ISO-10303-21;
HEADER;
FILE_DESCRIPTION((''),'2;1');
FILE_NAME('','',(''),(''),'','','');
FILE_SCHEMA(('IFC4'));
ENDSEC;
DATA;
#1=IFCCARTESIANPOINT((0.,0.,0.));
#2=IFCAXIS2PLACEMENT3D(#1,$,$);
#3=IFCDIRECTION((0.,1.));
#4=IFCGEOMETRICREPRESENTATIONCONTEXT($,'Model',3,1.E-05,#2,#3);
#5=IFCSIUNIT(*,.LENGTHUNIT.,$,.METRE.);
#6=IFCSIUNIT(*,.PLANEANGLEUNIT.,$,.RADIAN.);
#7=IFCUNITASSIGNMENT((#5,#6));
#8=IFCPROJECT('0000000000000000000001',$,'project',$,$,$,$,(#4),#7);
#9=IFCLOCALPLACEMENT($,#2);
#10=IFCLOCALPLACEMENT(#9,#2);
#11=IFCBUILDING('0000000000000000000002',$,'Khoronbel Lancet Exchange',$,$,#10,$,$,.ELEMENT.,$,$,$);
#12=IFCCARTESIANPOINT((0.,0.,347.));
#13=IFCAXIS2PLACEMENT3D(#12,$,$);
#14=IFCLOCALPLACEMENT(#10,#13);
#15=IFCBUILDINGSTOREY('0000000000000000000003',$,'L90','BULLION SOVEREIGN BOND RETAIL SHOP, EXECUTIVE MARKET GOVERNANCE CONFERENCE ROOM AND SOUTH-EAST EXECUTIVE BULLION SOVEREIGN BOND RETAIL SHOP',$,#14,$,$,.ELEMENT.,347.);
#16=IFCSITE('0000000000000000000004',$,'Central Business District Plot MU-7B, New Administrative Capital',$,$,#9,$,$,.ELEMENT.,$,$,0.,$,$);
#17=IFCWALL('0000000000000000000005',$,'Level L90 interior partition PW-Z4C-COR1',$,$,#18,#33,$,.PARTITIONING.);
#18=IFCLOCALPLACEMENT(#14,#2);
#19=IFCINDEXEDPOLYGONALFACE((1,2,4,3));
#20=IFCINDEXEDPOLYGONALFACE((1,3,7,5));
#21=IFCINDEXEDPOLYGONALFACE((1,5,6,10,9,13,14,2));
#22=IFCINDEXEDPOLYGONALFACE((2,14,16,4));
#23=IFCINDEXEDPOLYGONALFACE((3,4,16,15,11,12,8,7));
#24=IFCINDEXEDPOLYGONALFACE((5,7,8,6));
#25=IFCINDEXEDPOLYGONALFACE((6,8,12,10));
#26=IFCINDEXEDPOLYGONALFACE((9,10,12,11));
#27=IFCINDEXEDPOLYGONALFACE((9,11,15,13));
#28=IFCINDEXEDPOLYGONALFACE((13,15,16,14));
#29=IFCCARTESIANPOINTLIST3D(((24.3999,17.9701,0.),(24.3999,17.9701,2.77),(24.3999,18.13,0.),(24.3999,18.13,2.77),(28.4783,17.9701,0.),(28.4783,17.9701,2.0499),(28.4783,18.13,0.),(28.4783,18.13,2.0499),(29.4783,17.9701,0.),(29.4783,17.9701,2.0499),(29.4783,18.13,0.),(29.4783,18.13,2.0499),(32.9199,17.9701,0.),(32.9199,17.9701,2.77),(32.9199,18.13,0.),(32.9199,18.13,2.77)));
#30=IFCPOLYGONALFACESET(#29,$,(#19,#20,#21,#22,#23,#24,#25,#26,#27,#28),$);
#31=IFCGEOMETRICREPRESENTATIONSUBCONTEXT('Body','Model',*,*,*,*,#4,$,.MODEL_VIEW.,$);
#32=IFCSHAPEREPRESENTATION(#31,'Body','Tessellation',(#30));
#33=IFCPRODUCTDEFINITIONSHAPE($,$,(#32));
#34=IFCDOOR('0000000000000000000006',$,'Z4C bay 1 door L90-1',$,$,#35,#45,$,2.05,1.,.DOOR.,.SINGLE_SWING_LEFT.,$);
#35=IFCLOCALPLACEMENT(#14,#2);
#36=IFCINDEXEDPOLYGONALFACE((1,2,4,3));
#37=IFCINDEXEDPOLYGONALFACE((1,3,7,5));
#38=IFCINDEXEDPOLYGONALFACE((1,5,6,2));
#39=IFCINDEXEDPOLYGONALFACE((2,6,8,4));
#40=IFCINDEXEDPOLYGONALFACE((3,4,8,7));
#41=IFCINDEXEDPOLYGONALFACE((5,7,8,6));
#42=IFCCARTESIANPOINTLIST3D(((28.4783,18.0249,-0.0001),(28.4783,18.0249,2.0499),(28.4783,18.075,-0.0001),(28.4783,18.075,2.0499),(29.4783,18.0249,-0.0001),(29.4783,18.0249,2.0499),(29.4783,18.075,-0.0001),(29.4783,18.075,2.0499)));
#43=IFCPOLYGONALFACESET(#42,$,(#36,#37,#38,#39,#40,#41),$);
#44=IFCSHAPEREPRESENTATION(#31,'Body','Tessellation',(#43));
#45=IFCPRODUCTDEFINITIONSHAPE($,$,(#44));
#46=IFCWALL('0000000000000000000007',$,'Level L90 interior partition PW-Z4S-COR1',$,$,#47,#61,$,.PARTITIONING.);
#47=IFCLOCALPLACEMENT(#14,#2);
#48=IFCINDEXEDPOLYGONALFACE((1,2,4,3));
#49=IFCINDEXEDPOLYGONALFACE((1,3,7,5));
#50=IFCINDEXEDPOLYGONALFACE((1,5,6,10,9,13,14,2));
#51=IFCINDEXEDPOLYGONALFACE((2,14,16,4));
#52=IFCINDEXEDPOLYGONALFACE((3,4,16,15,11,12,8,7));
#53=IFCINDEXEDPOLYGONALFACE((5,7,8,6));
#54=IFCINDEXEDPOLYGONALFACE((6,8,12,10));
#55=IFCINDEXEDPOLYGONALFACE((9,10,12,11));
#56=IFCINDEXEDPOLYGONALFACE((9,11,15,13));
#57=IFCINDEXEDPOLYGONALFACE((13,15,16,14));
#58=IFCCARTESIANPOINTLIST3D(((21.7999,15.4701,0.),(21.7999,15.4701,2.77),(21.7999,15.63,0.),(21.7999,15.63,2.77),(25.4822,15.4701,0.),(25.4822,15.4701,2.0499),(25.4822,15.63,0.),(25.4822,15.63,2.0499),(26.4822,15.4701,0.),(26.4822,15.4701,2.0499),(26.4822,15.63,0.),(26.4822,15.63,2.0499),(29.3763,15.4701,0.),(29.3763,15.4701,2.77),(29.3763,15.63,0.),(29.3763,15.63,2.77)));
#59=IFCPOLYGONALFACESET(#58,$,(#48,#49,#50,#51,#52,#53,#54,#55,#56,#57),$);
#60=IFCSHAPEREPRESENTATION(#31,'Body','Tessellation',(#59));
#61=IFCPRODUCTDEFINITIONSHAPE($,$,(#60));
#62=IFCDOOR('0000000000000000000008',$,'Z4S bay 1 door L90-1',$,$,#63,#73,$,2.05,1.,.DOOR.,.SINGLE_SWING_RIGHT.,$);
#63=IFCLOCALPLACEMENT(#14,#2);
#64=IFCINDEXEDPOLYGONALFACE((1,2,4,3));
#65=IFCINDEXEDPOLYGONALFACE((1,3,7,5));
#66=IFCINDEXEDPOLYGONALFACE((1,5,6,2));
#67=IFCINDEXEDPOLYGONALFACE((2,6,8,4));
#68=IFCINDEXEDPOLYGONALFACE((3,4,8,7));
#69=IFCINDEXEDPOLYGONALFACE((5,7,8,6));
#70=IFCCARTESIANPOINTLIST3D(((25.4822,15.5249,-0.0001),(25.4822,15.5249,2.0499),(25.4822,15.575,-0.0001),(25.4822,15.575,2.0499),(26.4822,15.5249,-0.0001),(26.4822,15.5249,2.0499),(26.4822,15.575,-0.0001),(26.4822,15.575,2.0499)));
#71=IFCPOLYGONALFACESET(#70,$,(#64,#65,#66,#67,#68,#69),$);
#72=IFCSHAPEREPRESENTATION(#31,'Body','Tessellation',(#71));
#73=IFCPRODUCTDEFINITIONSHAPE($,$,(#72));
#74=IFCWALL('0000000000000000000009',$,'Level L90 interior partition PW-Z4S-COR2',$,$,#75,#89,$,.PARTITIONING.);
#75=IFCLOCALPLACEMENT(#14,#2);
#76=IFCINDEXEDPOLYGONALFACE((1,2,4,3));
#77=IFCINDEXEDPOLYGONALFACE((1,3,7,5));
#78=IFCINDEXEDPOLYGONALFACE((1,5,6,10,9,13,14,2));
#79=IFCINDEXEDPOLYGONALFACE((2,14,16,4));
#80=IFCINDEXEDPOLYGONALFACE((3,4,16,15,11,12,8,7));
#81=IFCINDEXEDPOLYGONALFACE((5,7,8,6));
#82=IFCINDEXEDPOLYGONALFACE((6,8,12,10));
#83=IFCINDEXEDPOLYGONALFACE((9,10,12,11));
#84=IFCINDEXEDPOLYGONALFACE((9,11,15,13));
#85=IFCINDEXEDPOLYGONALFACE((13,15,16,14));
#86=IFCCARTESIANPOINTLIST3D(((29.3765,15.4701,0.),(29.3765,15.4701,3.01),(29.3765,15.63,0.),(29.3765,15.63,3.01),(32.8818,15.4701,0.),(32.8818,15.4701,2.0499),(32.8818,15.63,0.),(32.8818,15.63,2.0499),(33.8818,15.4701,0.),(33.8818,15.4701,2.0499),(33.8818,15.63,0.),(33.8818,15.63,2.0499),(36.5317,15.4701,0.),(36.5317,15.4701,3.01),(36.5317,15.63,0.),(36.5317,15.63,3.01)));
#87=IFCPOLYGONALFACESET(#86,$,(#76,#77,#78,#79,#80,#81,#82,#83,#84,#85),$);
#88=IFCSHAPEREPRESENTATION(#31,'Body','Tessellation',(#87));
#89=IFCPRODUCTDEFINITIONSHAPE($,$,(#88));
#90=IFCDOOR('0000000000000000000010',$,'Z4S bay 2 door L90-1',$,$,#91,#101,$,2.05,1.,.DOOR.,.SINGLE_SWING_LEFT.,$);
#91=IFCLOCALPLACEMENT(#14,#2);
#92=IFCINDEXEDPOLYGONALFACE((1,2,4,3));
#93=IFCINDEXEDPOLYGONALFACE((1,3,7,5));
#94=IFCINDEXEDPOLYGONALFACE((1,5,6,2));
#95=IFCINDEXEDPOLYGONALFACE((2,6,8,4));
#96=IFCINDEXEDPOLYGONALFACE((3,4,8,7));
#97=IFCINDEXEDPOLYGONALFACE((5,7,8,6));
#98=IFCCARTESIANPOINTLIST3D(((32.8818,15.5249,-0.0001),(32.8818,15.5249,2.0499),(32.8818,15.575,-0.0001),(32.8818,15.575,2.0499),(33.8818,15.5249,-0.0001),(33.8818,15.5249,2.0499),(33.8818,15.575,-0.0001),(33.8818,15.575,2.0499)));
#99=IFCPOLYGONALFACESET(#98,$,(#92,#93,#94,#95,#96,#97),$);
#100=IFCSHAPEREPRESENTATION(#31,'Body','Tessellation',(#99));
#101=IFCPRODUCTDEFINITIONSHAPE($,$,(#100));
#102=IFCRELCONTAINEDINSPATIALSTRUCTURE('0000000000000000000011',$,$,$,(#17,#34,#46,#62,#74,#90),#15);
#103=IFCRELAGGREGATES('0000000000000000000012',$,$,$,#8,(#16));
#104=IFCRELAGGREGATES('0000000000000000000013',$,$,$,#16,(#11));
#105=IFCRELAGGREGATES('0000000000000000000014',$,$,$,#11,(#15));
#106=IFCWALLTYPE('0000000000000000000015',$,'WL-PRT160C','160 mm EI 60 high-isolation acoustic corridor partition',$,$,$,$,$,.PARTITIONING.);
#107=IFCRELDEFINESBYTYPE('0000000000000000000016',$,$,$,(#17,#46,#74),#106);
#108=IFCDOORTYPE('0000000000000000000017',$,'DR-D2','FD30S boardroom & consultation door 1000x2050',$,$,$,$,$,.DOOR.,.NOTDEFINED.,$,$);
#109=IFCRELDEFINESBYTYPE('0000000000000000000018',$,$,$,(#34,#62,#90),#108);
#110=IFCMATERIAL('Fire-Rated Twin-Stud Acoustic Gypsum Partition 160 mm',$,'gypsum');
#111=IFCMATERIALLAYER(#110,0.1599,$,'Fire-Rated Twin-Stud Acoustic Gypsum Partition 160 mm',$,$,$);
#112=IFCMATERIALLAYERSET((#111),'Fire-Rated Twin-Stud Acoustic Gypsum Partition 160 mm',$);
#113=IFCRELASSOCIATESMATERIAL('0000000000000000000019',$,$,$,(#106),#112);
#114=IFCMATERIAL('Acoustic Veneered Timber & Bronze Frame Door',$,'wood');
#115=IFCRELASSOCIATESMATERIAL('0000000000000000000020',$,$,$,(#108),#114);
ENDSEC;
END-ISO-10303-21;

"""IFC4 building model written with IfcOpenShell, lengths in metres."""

from ifc_helpers import new_model, si_unit, direction, frame, frame_2d, origin, place, context, subcontext, project, spatial, rectangle, extrude, material, layer, layer_set, type_object, element, fill, save


model = new_model("IFC4")

# Units and contexts
model_context = context("Model", 3, precision=1e-05, world=origin(), true_north=direction((0.0, 1.0)))
body_context = subcontext(model_context, "Body", "Model", "MODEL_VIEW")
ifc_project = project(units=[si_unit("LENGTHUNIT", "METRE"), si_unit("PLANEANGLEUNIT", "RADIAN")], contexts=[model_context])

# Site, building, storey
site_placement = place(None, origin())
site = spatial("IfcSite", under=ifc_project, at=site_placement, Name="Central Business District Plot MU-7B, New Administrative Capital", CompositionType="ELEMENT", RefElevation=0.0)
building_placement = place(site_placement, origin())
building = spatial("IfcBuilding", under=site, at=building_placement, Name="Khoronbel Lancet Exchange", CompositionType="ELEMENT")
storey_placement = place(building_placement, frame((0.0, 0.0, 347.0)))
storey = spatial("IfcBuildingStorey", under=building, at=storey_placement, Name="L90", Description="BULLION SOVEREIGN BOND RETAIL SHOP, EXECUTIVE MARKET GOVERNANCE CONFERENCE ROOM AND SOUTH-EAST EXECUTIVE BULLION SOVEREIGN BOND RETAIL SHOP", CompositionType="ELEMENT", Elevation=347.0)

# Walls, openings, doors
ifc_material_1 = material(Name="Fire-Rated Twin-Stud Acoustic Gypsum Partition 160 mm", Category="gypsum")
ifc_layer_1 = layer(ifc_material_1, 0.1599, Name="Fire-Rated Twin-Stud Acoustic Gypsum Partition 160 mm")
ifc_layer_set_1 = layer_set([ifc_layer_1], Name="Fire-Rated Twin-Stud Acoustic Gypsum Partition 160 mm")
wall_type_1 = type_object("IfcWallType", Name="WL-PRT160C", Description="160 mm EI 60 high-isolation acoustic corridor partition", PredefinedType="PARTITIONING", material=ifc_layer_set_1)
wall_1_placement = place(storey_placement, frame((24.3999, 18.05, 0.0), z_axis=(0.0, 0.0, 1.0), x_axis=(1.0, 0.0, 0.0)))
wall_1 = element("IfcWall", 1, at=wall_1_placement, inside=storey, type_object=wall_type_1, Name="Level L90 interior partition PW-Z4C-COR1", PredefinedType="PARTITIONING", context=body_context, shape_type="SweptSolid", body=[
    extrude(rectangle(XDim=8.52, YDim=0.1599, at=frame_2d((4.26, 0.0))), origin(), (0.0, 0.0, 1.0), 2.77),
])
opening_1_placement = place(wall_1_placement, frame((4.0784, 0.0, 0.0)))
opening_1 = element("IfcOpeningElement", 2, at=opening_1_placement, cuts=wall_1, PredefinedType="OPENING", context=body_context, shape_type="SweptSolid", body=[
    extrude(rectangle(XDim=1.0, YDim=2.05, at=frame_2d((0.5, 1.0249))), frame((0.0, 0.0898, 0.0), z_axis=(0.0, -1.0, 0.0), x_axis=(1.0, 0.0, 0.0)), (0.0, 0.0, 1.0), 0.1799),
])
ifc_material_2 = material(Name="Acoustic Veneered Timber & Bronze Frame Door", Category="wood")
door_type_1 = type_object("IfcDoorType", Name="DR-D2", Description="FD30S boardroom & consultation door 1000x2050", OperationType="NOTDEFINED", PredefinedType="DOOR", material=ifc_material_2)
door_1_placement = place(opening_1_placement, origin())
door_1 = element("IfcDoor", 3, at=door_1_placement, inside=storey, type_object=door_type_1, Name="Z4C bay 1 door L90-1", OperationType="SINGLE_SWING_LEFT", OverallHeight=2.05, OverallWidth=1.0, PredefinedType="DOOR", context=body_context, shape_type="SweptSolid", body=[
    extrude(rectangle(XDim=1.0, YDim=2.05, at=frame_2d((0.5, 1.0249))), frame((0.0, 0.0249, 0.0), z_axis=(0.0, -1.0, 0.0), x_axis=(1.0, 0.0, 0.0)), (0.0, 0.0, 1.0), 0.05),
])
fill(opening_1, door_1)
wall_2_placement = place(storey_placement, frame((21.8, 15.55, 0.0), z_axis=(0.0, 0.0, 1.0), x_axis=(1.0, 0.0, 0.0)))
wall_2 = element("IfcWall", 4, at=wall_2_placement, inside=storey, type_object=wall_type_1, Name="Level L90 interior partition PW-Z4S-COR1", PredefinedType="PARTITIONING", context=body_context, shape_type="SweptSolid", body=[
    extrude(rectangle(XDim=7.5764, YDim=0.1599, at=frame_2d((3.7881, 0.0))), origin(), (0.0, 0.0, 1.0), 2.77),
])
opening_2_placement = place(wall_2_placement, frame((3.6821, 0.0, 0.0)))
opening_2 = element("IfcOpeningElement", 5, at=opening_2_placement, cuts=wall_2, PredefinedType="OPENING", context=body_context, shape_type="SweptSolid", body=[
    extrude(rectangle(XDim=1.0, YDim=2.05, at=frame_2d((0.5, 1.0249))), frame((0.0, 0.0898, 0.0), z_axis=(0.0, -1.0, 0.0), x_axis=(1.0, 0.0, 0.0)), (0.0, 0.0, 1.0), 0.1799),
])
door_2_placement = place(opening_2_placement, origin())
door_2 = element("IfcDoor", 6, at=door_2_placement, inside=storey, type_object=door_type_1, Name="Z4S bay 1 door L90-1", OperationType="SINGLE_SWING_RIGHT", OverallHeight=2.05, OverallWidth=1.0, PredefinedType="DOOR", context=body_context, shape_type="SweptSolid", body=[
    extrude(rectangle(XDim=1.0, YDim=2.05, at=frame_2d((0.5, 1.0249))), frame((0.0, 0.0249, 0.0), z_axis=(0.0, -1.0, 0.0), x_axis=(1.0, 0.0, 0.0)), (0.0, 0.0, 1.0), 0.05),
])
fill(opening_2, door_2)
wall_3_placement = place(storey_placement, frame((29.3765, 15.55, 0.0), z_axis=(0.0, 0.0, 1.0), x_axis=(1.0, 0.0, 0.0)))
wall_3 = element("IfcWall", 7, at=wall_3_placement, inside=storey, type_object=wall_type_1, Name="Level L90 interior partition PW-Z4S-COR2", PredefinedType="PARTITIONING", context=body_context, shape_type="SweptSolid", body=[
    extrude(rectangle(XDim=7.1553, YDim=0.1599, at=frame_2d((3.5776, 0.0))), origin(), (0.0, 0.0, 1.0), 3.01),
])
opening_3_placement = place(wall_3_placement, frame((3.5054, 0.0, 0.0)))
opening_3 = element("IfcOpeningElement", 8, at=opening_3_placement, cuts=wall_3, PredefinedType="OPENING", context=body_context, shape_type="SweptSolid", body=[
    extrude(rectangle(XDim=1.0, YDim=2.05, at=frame_2d((0.5, 1.0249))), frame((0.0, 0.0898, 0.0), z_axis=(0.0, -1.0, 0.0), x_axis=(1.0, 0.0, 0.0)), (0.0, 0.0, 1.0), 0.1799),
])
door_3_placement = place(opening_3_placement, origin())
door_3 = element("IfcDoor", 9, at=door_3_placement, inside=storey, type_object=door_type_1, Name="Z4S bay 2 door L90-1", OperationType="SINGLE_SWING_LEFT", OverallHeight=2.05, OverallWidth=1.0, PredefinedType="DOOR", context=body_context, shape_type="SweptSolid", body=[
    extrude(rectangle(XDim=1.0, YDim=2.05, at=frame_2d((0.5, 1.0249))), frame((0.0, 0.0249, 0.0), z_axis=(0.0, -1.0, 0.0), x_axis=(1.0, 0.0, 0.0)), (0.0, 0.0, 1.0), 0.05),
])
fill(opening_3, door_3)

save(model, "model.ifc")
